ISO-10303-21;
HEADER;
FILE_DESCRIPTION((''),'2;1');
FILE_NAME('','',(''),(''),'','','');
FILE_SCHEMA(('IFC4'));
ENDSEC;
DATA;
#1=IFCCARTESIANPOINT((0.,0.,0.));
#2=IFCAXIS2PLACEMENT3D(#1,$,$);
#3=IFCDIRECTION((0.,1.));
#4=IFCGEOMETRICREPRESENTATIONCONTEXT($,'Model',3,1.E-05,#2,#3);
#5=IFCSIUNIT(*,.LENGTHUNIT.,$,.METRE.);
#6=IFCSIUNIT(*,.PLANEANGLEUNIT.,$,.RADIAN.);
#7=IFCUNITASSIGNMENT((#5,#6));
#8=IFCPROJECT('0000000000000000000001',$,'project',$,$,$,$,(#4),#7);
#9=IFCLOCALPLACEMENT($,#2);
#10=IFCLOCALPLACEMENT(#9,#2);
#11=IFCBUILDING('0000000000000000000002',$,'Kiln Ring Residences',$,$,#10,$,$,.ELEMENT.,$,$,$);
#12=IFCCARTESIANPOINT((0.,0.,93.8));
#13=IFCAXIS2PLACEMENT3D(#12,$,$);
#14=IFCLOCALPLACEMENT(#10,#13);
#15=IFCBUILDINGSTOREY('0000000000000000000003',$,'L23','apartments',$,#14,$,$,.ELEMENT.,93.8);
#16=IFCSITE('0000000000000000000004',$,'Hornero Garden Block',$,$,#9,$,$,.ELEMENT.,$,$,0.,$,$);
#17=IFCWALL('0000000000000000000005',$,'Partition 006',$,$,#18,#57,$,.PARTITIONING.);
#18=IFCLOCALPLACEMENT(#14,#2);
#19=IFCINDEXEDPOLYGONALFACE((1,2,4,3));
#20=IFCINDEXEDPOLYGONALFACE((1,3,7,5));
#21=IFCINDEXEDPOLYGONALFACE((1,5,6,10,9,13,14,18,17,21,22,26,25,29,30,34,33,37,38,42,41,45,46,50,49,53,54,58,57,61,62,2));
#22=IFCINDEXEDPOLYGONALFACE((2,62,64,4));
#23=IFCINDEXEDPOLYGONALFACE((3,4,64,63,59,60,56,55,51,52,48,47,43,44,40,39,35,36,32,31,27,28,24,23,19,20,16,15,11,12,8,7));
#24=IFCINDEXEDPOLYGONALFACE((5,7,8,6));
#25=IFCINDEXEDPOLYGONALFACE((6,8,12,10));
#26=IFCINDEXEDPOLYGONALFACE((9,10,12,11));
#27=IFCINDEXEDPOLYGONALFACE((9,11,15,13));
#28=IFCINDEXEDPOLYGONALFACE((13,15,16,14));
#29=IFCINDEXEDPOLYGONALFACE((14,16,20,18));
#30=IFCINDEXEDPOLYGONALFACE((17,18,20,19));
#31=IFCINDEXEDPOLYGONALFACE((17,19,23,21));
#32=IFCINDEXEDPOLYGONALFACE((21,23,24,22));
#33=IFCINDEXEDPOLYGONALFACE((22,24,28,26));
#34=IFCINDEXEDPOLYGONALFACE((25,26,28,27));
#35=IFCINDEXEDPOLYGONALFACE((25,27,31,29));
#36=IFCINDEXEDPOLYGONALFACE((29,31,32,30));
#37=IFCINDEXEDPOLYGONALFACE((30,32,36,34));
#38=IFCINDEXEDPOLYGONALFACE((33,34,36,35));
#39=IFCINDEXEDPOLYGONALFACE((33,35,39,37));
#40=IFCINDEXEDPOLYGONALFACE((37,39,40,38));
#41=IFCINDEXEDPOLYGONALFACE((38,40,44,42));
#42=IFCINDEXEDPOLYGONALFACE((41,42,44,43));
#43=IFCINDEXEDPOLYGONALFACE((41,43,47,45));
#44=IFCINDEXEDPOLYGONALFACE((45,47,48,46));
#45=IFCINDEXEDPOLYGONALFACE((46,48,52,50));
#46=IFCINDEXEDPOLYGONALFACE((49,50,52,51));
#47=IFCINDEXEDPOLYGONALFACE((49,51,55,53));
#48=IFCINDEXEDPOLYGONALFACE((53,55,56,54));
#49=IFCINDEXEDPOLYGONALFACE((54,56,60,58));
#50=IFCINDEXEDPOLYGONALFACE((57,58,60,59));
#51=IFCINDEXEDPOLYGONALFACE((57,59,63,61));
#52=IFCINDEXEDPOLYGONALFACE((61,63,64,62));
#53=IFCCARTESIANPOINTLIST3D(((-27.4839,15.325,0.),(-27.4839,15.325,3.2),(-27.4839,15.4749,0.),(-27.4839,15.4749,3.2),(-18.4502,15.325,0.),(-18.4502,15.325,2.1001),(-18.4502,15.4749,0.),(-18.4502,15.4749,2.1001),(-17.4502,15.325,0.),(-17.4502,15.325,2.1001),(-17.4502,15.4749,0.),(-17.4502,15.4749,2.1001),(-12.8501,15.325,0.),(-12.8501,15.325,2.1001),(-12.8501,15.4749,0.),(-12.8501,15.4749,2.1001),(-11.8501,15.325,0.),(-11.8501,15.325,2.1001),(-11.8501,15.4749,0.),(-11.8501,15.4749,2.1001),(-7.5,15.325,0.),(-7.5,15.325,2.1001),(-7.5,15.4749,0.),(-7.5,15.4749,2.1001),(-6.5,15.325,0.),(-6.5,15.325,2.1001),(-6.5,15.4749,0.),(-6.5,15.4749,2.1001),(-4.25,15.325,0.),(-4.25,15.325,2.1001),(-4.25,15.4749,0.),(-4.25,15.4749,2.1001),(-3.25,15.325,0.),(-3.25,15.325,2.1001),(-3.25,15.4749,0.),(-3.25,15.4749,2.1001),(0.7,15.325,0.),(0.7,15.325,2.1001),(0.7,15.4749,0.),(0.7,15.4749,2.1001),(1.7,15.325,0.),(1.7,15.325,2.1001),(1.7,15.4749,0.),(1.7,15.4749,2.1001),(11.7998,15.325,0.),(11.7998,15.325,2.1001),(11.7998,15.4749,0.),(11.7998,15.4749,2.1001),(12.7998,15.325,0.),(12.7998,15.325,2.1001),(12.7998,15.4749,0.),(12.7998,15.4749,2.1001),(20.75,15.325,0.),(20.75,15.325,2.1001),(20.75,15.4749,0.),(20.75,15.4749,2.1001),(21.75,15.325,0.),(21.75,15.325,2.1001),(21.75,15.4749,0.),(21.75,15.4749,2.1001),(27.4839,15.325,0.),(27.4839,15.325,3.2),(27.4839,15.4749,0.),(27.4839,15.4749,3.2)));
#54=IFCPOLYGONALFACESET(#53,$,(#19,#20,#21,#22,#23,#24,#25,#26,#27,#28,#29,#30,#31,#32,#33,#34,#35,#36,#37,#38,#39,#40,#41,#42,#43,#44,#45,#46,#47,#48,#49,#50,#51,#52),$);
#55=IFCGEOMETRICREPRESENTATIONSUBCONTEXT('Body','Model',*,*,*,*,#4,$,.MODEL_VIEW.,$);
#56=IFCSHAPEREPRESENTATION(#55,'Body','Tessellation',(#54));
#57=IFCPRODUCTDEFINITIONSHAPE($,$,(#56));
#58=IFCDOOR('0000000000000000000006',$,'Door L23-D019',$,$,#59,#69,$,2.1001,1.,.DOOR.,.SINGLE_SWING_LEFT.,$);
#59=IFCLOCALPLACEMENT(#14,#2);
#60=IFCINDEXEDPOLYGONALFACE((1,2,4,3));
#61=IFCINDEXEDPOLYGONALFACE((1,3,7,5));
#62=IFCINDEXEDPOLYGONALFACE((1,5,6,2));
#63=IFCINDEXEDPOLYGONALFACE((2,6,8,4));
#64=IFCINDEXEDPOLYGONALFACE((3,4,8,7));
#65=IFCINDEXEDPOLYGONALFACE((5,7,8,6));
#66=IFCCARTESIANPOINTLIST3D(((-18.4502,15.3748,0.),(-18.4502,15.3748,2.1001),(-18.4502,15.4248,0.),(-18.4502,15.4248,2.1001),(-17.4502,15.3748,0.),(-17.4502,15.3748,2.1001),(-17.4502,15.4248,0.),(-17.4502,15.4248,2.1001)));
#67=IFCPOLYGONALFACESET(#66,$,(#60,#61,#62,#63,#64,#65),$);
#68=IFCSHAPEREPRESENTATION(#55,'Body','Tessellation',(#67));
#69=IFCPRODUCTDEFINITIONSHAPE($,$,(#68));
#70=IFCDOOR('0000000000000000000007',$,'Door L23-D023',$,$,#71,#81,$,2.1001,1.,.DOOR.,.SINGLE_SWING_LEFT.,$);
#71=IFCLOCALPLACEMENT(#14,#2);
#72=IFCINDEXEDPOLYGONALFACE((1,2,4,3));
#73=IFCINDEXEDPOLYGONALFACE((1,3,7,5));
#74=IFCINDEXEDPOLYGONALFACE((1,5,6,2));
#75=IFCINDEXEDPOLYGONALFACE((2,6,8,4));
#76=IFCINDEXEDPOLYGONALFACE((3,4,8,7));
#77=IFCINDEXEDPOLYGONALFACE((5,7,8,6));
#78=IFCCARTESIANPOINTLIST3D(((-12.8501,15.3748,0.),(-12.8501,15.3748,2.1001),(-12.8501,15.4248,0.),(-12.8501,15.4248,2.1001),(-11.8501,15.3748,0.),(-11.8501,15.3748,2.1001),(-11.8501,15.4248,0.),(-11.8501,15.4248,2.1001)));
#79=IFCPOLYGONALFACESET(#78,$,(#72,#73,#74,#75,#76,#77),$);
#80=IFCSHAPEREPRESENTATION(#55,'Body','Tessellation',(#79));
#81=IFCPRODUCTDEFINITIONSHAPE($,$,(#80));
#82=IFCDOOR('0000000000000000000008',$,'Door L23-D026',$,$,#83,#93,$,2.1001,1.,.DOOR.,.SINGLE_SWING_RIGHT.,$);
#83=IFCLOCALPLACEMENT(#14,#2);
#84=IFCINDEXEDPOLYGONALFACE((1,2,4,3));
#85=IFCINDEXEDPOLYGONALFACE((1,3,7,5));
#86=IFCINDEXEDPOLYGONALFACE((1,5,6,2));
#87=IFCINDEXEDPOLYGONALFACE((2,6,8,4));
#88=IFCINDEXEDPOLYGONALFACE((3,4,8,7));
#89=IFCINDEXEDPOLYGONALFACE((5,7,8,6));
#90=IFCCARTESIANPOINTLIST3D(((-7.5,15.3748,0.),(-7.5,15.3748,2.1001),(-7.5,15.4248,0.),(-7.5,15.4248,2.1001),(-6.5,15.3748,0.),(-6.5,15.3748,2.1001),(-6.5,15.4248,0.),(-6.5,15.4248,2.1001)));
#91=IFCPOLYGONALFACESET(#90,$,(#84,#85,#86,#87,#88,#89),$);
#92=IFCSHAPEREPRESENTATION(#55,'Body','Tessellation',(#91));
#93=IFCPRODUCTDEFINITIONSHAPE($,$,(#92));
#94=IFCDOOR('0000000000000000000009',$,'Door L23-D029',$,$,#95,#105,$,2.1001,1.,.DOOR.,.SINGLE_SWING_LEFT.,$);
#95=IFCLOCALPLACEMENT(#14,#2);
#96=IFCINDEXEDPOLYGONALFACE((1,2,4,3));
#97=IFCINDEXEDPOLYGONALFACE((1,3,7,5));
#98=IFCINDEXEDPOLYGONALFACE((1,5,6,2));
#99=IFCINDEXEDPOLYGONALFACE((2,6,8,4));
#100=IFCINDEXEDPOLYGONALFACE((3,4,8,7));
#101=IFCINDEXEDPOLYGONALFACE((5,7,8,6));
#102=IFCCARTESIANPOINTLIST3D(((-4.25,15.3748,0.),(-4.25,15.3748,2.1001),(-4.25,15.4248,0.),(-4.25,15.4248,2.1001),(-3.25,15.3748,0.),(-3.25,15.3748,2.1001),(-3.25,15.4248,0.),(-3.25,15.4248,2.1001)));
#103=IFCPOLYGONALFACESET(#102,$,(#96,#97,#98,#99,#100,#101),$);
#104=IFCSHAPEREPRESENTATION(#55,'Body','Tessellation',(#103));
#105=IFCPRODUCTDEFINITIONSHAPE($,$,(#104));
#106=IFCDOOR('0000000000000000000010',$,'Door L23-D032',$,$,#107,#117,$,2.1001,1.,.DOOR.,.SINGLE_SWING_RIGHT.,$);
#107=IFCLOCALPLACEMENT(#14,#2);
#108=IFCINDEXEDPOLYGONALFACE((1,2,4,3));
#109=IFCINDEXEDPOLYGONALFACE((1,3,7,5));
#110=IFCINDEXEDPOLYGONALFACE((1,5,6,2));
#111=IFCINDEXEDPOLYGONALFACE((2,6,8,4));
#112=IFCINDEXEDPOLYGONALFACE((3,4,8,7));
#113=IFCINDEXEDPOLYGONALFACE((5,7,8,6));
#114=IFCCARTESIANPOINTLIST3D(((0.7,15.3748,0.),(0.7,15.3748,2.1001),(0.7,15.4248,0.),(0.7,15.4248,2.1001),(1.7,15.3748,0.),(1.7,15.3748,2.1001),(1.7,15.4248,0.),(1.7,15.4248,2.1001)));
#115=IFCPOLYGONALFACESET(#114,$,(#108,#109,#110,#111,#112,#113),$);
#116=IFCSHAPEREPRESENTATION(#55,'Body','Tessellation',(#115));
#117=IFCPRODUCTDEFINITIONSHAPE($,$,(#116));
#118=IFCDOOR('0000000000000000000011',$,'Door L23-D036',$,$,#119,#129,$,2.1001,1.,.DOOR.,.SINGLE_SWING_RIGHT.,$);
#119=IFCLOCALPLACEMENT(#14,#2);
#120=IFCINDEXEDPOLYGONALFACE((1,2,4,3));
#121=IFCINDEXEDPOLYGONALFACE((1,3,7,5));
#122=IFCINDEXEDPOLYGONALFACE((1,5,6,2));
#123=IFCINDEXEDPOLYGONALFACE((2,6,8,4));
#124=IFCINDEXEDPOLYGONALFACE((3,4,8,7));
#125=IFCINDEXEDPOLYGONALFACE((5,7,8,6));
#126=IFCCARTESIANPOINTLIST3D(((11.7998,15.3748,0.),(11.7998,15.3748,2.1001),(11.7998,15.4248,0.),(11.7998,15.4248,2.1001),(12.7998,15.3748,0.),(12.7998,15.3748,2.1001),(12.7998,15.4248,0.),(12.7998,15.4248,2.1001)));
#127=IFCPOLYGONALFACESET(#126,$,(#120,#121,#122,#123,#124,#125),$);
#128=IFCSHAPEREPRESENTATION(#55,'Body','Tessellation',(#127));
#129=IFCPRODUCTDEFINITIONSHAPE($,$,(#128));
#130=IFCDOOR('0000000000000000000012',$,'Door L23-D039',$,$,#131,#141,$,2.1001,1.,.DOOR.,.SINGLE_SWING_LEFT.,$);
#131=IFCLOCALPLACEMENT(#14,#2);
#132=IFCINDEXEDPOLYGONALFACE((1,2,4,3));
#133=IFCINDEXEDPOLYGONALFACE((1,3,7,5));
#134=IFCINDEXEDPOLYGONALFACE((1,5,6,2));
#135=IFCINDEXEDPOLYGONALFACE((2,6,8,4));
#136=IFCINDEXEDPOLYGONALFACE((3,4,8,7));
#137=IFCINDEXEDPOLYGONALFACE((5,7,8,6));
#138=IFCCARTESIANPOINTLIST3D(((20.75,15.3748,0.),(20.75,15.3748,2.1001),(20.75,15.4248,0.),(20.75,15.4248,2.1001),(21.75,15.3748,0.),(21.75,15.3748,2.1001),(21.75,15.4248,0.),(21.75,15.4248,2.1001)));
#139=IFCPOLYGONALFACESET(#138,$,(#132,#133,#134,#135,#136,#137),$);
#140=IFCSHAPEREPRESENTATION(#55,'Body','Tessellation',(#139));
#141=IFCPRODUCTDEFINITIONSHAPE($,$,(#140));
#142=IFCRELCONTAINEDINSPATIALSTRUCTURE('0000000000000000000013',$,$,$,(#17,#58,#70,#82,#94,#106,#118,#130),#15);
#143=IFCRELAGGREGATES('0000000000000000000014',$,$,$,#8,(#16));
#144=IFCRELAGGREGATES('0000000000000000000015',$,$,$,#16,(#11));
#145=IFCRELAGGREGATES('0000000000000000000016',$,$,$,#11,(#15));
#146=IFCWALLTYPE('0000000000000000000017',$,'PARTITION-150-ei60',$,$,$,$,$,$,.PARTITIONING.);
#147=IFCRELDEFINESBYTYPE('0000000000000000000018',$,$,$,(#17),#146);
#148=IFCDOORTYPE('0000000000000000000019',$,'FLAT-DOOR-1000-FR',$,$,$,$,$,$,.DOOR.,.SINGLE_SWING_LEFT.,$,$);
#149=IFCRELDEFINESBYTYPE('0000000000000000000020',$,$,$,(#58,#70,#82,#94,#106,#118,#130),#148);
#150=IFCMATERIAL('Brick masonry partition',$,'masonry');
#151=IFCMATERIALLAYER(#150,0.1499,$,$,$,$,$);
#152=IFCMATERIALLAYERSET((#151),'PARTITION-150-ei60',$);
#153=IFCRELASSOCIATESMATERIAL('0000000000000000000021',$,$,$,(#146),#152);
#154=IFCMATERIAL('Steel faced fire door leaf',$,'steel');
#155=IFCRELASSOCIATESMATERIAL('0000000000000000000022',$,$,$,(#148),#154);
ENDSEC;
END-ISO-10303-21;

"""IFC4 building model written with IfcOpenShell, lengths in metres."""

from ifc_helpers import new_model, si_unit, direction, frame, frame_2d, origin, place, context, subcontext, project, spatial, rectangle, extrude, material, layer, layer_set, type_object, element, fill, save


model = new_model("IFC4")

# Units and contexts
model_context = context("Model", 3, precision=1e-05, world=origin(), true_north=direction((0.0, 1.0)))
body_context = subcontext(model_context, "Body", "Model", "MODEL_VIEW")
ifc_project = project(units=[si_unit("LENGTHUNIT", "METRE"), si_unit("PLANEANGLEUNIT", "RADIAN")], contexts=[model_context])

# Site, building, storey
site_placement = place(None, origin())
site = spatial("IfcSite", under=ifc_project, at=site_placement, Name="Hornero Garden Block", CompositionType="ELEMENT", RefElevation=0.0)
building_placement = place(site_placement, origin())
building = spatial("IfcBuilding", under=site, at=building_placement, Name="Kiln Ring Residences", CompositionType="ELEMENT")
storey_placement = place(building_placement, frame((0.0, 0.0, 93.8)))
storey = spatial("IfcBuildingStorey", under=building, at=storey_placement, Name="L23", Description="apartments", CompositionType="ELEMENT", Elevation=93.8)

# Wall, openings, doors
ifc_material_1 = material(Name="Brick masonry partition", Category="masonry")
ifc_layer_1 = layer(ifc_material_1, 0.1499)
ifc_layer_set_1 = layer_set([ifc_layer_1], Name="PARTITION-150-ei60")
wall_type_1 = type_object("IfcWallType", Name="PARTITION-150-ei60", PredefinedType="PARTITIONING", material=ifc_layer_set_1)
wall_1_placement = place(storey_placement, frame((-27.4839, 15.3999, 0.0), z_axis=(0.0, 0.0, 1.0), x_axis=(1.0, 0.0, 0.0)))
wall_1 = element("IfcWall", 1, at=wall_1_placement, inside=storey, type_object=wall_type_1, Name="Partition 006", PredefinedType="PARTITIONING", context=body_context, shape_type="SweptSolid", body=[
    extrude(rectangle(XDim=54.9678, YDim=0.1499, at=frame_2d((27.4839, 0.0))), origin(), (0.0, 0.0, 1.0), 3.2),
])
opening_1_placement = place(wall_1_placement, frame((9.0337, 0.0, 0.0)))
opening_1 = element("IfcOpeningElement", 2, at=opening_1_placement, cuts=wall_1, PredefinedType="OPENING", context=body_context, shape_type="SweptSolid", body=[
    extrude(rectangle(XDim=1.0, YDim=2.1001, at=frame_2d((0.5, 1.05))), frame((0.0, 0.085, 0.0), z_axis=(0.0, -1.0, 0.0), x_axis=(1.0, 0.0, 0.0)), (0.0, 0.0, 1.0), 0.1699),
])
opening_2_placement = place(wall_1_placement, frame((14.6338, 0.0, 0.0)))
opening_2 = element("IfcOpeningElement", 3, at=opening_2_placement, cuts=wall_1, PredefinedType="OPENING", context=body_context, shape_type="SweptSolid", body=[
    extrude(rectangle(XDim=1.0, YDim=2.1001, at=frame_2d((0.5, 1.05))), frame((0.0, 0.085, 0.0), z_axis=(0.0, -1.0, 0.0), x_axis=(1.0, 0.0, 0.0)), (0.0, 0.0, 1.0), 0.1699),
])
opening_3_placement = place(wall_1_placement, frame((19.9839, 0.0, 0.0)))
opening_3 = element("IfcOpeningElement", 4, at=opening_3_placement, cuts=wall_1, PredefinedType="OPENING", context=body_context, shape_type="SweptSolid", body=[
    extrude(rectangle(XDim=1.0, YDim=2.1001, at=frame_2d((0.5, 1.05))), frame((0.0, 0.085, 0.0), z_axis=(0.0, -1.0, 0.0), x_axis=(1.0, 0.0, 0.0)), (0.0, 0.0, 1.0), 0.1699),
])
opening_4_placement = place(wall_1_placement, frame((23.2339, 0.0, 0.0)))
opening_4 = element("IfcOpeningElement", 5, at=opening_4_placement, cuts=wall_1, PredefinedType="OPENING", context=body_context, shape_type="SweptSolid", body=[
    extrude(rectangle(XDim=1.0, YDim=2.1001, at=frame_2d((0.5, 1.05))), frame((0.0, 0.085, 0.0), z_axis=(0.0, -1.0, 0.0), x_axis=(1.0, 0.0, 0.0)), (0.0, 0.0, 1.0), 0.1699),
])
opening_5_placement = place(wall_1_placement, frame((28.1838, 0.0, 0.0)))
opening_5 = element("IfcOpeningElement", 6, at=opening_5_placement, cuts=wall_1, PredefinedType="OPENING", context=body_context, shape_type="SweptSolid", body=[
    extrude(rectangle(XDim=1.0, YDim=2.1001, at=frame_2d((0.5, 1.05))), frame((0.0, 0.085, 0.0), z_axis=(0.0, -1.0, 0.0), x_axis=(1.0, 0.0, 0.0)), (0.0, 0.0, 1.0), 0.1699),
])
opening_6_placement = place(wall_1_placement, frame((39.2837, 0.0, 0.0)))
opening_6 = element("IfcOpeningElement", 7, at=opening_6_placement, cuts=wall_1, PredefinedType="OPENING", context=body_context, shape_type="SweptSolid", body=[
    extrude(rectangle(XDim=1.0, YDim=2.1001, at=frame_2d((0.5, 1.05))), frame((0.0, 0.085, 0.0), z_axis=(0.0, -1.0, 0.0), x_axis=(1.0, 0.0, 0.0)), (0.0, 0.0, 1.0), 0.1699),
])
opening_7_placement = place(wall_1_placement, frame((48.2339, 0.0, 0.0)))
opening_7 = element("IfcOpeningElement", 8, at=opening_7_placement, cuts=wall_1, PredefinedType="OPENING", context=body_context, shape_type="SweptSolid", body=[
    extrude(rectangle(XDim=1.0, YDim=2.1001, at=frame_2d((0.5, 1.05))), frame((0.0, 0.085, 0.0), z_axis=(0.0, -1.0, 0.0), x_axis=(1.0, 0.0, 0.0)), (0.0, 0.0, 1.0), 0.1699),
])
ifc_material_2 = material(Name="Steel faced fire door leaf", Category="steel")
door_type_1 = type_object("IfcDoorType", Name="FLAT-DOOR-1000-FR", OperationType="SINGLE_SWING_LEFT", PredefinedType="DOOR", material=ifc_material_2)
door_1_placement = place(opening_1_placement, origin())
door_1 = element("IfcDoor", 9, at=door_1_placement, inside=storey, type_object=door_type_1, Name="Door L23-D019", OperationType="SINGLE_SWING_LEFT", OverallHeight=2.1001, OverallWidth=1.0, PredefinedType="DOOR", context=body_context, shape_type="SweptSolid", body=[
    extrude(rectangle(XDim=1.0, YDim=2.1001, at=frame_2d((0.5, 1.05))), frame((0.0, 0.0249, 0.0), z_axis=(0.0, -1.0, 0.0), x_axis=(1.0, 0.0, 0.0)), (0.0, 0.0, 1.0), 0.05),
])
fill(opening_1, door_1)
door_2_placement = place(opening_2_placement, origin())
door_2 = element("IfcDoor", 10, at=door_2_placement, inside=storey, type_object=door_type_1, Name="Door L23-D023", OperationType="SINGLE_SWING_LEFT", OverallHeight=2.1001, OverallWidth=1.0, PredefinedType="DOOR", context=body_context, shape_type="SweptSolid", body=[
    extrude(rectangle(XDim=1.0, YDim=2.1001, at=frame_2d((0.5, 1.05))), frame((0.0, 0.0249, 0.0), z_axis=(0.0, -1.0, 0.0), x_axis=(1.0, 0.0, 0.0)), (0.0, 0.0, 1.0), 0.05),
])
fill(opening_2, door_2)
door_3_placement = place(opening_3_placement, origin())
door_3 = element("IfcDoor", 11, at=door_3_placement, inside=storey, type_object=door_type_1, Name="Door L23-D026", OperationType="SINGLE_SWING_RIGHT", OverallHeight=2.1001, OverallWidth=1.0, PredefinedType="DOOR", context=body_context, shape_type="SweptSolid", body=[
    extrude(rectangle(XDim=1.0, YDim=2.1001, at=frame_2d((0.5, 1.05))), frame((0.0, 0.0249, 0.0), z_axis=(0.0, -1.0, 0.0), x_axis=(1.0, 0.0, 0.0)), (0.0, 0.0, 1.0), 0.05),
])
fill(opening_3, door_3)
door_4_placement = place(opening_4_placement, origin())
door_4 = element("IfcDoor", 12, at=door_4_placement, inside=storey, type_object=door_type_1, Name="Door L23-D029", OperationType="SINGLE_SWING_LEFT", OverallHeight=2.1001, OverallWidth=1.0, PredefinedType="DOOR", context=body_context, shape_type="SweptSolid", body=[
    extrude(rectangle(XDim=1.0, YDim=2.1001, at=frame_2d((0.5, 1.05))), frame((0.0, 0.0249, 0.0), z_axis=(0.0, -1.0, 0.0), x_axis=(1.0, 0.0, 0.0)), (0.0, 0.0, 1.0), 0.05),
])
fill(opening_4, door_4)
door_5_placement = place(opening_5_placement, origin())
door_5 = element("IfcDoor", 13, at=door_5_placement, inside=storey, type_object=door_type_1, Name="Door L23-D032", OperationType="SINGLE_SWING_RIGHT", OverallHeight=2.1001, OverallWidth=1.0, PredefinedType="DOOR", context=body_context, shape_type="SweptSolid", body=[
    extrude(rectangle(XDim=1.0, YDim=2.1001, at=frame_2d((0.5, 1.05))), frame((0.0, 0.0249, 0.0), z_axis=(0.0, -1.0, 0.0), x_axis=(1.0, 0.0, 0.0)), (0.0, 0.0, 1.0), 0.05),
])
fill(opening_5, door_5)
door_6_placement = place(opening_6_placement, origin())
door_6 = element("IfcDoor", 14, at=door_6_placement, inside=storey, type_object=door_type_1, Name="Door L23-D036", OperationType="SINGLE_SWING_RIGHT", OverallHeight=2.1001, OverallWidth=1.0, PredefinedType="DOOR", context=body_context, shape_type="SweptSolid", body=[
    extrude(rectangle(XDim=1.0, YDim=2.1001, at=frame_2d((0.5, 1.05))), frame((0.0, 0.0249, 0.0), z_axis=(0.0, -1.0, 0.0), x_axis=(1.0, 0.0, 0.0)), (0.0, 0.0, 1.0), 0.05),
])
fill(opening_6, door_6)
door_7_placement = place(opening_7_placement, origin())
door_7 = element("IfcDoor", 15, at=door_7_placement, inside=storey, type_object=door_type_1, Name="Door L23-D039", OperationType="SINGLE_SWING_LEFT", OverallHeight=2.1001, OverallWidth=1.0, PredefinedType="DOOR", context=body_context, shape_type="SweptSolid", body=[
    extrude(rectangle(XDim=1.0, YDim=2.1001, at=frame_2d((0.5, 1.05))), frame((0.0, 0.0249, 0.0), z_axis=(0.0, -1.0, 0.0), x_axis=(1.0, 0.0, 0.0)), (0.0, 0.0, 1.0), 0.05),
])
fill(opening_7, door_7)

save(model, "model.ifc")
